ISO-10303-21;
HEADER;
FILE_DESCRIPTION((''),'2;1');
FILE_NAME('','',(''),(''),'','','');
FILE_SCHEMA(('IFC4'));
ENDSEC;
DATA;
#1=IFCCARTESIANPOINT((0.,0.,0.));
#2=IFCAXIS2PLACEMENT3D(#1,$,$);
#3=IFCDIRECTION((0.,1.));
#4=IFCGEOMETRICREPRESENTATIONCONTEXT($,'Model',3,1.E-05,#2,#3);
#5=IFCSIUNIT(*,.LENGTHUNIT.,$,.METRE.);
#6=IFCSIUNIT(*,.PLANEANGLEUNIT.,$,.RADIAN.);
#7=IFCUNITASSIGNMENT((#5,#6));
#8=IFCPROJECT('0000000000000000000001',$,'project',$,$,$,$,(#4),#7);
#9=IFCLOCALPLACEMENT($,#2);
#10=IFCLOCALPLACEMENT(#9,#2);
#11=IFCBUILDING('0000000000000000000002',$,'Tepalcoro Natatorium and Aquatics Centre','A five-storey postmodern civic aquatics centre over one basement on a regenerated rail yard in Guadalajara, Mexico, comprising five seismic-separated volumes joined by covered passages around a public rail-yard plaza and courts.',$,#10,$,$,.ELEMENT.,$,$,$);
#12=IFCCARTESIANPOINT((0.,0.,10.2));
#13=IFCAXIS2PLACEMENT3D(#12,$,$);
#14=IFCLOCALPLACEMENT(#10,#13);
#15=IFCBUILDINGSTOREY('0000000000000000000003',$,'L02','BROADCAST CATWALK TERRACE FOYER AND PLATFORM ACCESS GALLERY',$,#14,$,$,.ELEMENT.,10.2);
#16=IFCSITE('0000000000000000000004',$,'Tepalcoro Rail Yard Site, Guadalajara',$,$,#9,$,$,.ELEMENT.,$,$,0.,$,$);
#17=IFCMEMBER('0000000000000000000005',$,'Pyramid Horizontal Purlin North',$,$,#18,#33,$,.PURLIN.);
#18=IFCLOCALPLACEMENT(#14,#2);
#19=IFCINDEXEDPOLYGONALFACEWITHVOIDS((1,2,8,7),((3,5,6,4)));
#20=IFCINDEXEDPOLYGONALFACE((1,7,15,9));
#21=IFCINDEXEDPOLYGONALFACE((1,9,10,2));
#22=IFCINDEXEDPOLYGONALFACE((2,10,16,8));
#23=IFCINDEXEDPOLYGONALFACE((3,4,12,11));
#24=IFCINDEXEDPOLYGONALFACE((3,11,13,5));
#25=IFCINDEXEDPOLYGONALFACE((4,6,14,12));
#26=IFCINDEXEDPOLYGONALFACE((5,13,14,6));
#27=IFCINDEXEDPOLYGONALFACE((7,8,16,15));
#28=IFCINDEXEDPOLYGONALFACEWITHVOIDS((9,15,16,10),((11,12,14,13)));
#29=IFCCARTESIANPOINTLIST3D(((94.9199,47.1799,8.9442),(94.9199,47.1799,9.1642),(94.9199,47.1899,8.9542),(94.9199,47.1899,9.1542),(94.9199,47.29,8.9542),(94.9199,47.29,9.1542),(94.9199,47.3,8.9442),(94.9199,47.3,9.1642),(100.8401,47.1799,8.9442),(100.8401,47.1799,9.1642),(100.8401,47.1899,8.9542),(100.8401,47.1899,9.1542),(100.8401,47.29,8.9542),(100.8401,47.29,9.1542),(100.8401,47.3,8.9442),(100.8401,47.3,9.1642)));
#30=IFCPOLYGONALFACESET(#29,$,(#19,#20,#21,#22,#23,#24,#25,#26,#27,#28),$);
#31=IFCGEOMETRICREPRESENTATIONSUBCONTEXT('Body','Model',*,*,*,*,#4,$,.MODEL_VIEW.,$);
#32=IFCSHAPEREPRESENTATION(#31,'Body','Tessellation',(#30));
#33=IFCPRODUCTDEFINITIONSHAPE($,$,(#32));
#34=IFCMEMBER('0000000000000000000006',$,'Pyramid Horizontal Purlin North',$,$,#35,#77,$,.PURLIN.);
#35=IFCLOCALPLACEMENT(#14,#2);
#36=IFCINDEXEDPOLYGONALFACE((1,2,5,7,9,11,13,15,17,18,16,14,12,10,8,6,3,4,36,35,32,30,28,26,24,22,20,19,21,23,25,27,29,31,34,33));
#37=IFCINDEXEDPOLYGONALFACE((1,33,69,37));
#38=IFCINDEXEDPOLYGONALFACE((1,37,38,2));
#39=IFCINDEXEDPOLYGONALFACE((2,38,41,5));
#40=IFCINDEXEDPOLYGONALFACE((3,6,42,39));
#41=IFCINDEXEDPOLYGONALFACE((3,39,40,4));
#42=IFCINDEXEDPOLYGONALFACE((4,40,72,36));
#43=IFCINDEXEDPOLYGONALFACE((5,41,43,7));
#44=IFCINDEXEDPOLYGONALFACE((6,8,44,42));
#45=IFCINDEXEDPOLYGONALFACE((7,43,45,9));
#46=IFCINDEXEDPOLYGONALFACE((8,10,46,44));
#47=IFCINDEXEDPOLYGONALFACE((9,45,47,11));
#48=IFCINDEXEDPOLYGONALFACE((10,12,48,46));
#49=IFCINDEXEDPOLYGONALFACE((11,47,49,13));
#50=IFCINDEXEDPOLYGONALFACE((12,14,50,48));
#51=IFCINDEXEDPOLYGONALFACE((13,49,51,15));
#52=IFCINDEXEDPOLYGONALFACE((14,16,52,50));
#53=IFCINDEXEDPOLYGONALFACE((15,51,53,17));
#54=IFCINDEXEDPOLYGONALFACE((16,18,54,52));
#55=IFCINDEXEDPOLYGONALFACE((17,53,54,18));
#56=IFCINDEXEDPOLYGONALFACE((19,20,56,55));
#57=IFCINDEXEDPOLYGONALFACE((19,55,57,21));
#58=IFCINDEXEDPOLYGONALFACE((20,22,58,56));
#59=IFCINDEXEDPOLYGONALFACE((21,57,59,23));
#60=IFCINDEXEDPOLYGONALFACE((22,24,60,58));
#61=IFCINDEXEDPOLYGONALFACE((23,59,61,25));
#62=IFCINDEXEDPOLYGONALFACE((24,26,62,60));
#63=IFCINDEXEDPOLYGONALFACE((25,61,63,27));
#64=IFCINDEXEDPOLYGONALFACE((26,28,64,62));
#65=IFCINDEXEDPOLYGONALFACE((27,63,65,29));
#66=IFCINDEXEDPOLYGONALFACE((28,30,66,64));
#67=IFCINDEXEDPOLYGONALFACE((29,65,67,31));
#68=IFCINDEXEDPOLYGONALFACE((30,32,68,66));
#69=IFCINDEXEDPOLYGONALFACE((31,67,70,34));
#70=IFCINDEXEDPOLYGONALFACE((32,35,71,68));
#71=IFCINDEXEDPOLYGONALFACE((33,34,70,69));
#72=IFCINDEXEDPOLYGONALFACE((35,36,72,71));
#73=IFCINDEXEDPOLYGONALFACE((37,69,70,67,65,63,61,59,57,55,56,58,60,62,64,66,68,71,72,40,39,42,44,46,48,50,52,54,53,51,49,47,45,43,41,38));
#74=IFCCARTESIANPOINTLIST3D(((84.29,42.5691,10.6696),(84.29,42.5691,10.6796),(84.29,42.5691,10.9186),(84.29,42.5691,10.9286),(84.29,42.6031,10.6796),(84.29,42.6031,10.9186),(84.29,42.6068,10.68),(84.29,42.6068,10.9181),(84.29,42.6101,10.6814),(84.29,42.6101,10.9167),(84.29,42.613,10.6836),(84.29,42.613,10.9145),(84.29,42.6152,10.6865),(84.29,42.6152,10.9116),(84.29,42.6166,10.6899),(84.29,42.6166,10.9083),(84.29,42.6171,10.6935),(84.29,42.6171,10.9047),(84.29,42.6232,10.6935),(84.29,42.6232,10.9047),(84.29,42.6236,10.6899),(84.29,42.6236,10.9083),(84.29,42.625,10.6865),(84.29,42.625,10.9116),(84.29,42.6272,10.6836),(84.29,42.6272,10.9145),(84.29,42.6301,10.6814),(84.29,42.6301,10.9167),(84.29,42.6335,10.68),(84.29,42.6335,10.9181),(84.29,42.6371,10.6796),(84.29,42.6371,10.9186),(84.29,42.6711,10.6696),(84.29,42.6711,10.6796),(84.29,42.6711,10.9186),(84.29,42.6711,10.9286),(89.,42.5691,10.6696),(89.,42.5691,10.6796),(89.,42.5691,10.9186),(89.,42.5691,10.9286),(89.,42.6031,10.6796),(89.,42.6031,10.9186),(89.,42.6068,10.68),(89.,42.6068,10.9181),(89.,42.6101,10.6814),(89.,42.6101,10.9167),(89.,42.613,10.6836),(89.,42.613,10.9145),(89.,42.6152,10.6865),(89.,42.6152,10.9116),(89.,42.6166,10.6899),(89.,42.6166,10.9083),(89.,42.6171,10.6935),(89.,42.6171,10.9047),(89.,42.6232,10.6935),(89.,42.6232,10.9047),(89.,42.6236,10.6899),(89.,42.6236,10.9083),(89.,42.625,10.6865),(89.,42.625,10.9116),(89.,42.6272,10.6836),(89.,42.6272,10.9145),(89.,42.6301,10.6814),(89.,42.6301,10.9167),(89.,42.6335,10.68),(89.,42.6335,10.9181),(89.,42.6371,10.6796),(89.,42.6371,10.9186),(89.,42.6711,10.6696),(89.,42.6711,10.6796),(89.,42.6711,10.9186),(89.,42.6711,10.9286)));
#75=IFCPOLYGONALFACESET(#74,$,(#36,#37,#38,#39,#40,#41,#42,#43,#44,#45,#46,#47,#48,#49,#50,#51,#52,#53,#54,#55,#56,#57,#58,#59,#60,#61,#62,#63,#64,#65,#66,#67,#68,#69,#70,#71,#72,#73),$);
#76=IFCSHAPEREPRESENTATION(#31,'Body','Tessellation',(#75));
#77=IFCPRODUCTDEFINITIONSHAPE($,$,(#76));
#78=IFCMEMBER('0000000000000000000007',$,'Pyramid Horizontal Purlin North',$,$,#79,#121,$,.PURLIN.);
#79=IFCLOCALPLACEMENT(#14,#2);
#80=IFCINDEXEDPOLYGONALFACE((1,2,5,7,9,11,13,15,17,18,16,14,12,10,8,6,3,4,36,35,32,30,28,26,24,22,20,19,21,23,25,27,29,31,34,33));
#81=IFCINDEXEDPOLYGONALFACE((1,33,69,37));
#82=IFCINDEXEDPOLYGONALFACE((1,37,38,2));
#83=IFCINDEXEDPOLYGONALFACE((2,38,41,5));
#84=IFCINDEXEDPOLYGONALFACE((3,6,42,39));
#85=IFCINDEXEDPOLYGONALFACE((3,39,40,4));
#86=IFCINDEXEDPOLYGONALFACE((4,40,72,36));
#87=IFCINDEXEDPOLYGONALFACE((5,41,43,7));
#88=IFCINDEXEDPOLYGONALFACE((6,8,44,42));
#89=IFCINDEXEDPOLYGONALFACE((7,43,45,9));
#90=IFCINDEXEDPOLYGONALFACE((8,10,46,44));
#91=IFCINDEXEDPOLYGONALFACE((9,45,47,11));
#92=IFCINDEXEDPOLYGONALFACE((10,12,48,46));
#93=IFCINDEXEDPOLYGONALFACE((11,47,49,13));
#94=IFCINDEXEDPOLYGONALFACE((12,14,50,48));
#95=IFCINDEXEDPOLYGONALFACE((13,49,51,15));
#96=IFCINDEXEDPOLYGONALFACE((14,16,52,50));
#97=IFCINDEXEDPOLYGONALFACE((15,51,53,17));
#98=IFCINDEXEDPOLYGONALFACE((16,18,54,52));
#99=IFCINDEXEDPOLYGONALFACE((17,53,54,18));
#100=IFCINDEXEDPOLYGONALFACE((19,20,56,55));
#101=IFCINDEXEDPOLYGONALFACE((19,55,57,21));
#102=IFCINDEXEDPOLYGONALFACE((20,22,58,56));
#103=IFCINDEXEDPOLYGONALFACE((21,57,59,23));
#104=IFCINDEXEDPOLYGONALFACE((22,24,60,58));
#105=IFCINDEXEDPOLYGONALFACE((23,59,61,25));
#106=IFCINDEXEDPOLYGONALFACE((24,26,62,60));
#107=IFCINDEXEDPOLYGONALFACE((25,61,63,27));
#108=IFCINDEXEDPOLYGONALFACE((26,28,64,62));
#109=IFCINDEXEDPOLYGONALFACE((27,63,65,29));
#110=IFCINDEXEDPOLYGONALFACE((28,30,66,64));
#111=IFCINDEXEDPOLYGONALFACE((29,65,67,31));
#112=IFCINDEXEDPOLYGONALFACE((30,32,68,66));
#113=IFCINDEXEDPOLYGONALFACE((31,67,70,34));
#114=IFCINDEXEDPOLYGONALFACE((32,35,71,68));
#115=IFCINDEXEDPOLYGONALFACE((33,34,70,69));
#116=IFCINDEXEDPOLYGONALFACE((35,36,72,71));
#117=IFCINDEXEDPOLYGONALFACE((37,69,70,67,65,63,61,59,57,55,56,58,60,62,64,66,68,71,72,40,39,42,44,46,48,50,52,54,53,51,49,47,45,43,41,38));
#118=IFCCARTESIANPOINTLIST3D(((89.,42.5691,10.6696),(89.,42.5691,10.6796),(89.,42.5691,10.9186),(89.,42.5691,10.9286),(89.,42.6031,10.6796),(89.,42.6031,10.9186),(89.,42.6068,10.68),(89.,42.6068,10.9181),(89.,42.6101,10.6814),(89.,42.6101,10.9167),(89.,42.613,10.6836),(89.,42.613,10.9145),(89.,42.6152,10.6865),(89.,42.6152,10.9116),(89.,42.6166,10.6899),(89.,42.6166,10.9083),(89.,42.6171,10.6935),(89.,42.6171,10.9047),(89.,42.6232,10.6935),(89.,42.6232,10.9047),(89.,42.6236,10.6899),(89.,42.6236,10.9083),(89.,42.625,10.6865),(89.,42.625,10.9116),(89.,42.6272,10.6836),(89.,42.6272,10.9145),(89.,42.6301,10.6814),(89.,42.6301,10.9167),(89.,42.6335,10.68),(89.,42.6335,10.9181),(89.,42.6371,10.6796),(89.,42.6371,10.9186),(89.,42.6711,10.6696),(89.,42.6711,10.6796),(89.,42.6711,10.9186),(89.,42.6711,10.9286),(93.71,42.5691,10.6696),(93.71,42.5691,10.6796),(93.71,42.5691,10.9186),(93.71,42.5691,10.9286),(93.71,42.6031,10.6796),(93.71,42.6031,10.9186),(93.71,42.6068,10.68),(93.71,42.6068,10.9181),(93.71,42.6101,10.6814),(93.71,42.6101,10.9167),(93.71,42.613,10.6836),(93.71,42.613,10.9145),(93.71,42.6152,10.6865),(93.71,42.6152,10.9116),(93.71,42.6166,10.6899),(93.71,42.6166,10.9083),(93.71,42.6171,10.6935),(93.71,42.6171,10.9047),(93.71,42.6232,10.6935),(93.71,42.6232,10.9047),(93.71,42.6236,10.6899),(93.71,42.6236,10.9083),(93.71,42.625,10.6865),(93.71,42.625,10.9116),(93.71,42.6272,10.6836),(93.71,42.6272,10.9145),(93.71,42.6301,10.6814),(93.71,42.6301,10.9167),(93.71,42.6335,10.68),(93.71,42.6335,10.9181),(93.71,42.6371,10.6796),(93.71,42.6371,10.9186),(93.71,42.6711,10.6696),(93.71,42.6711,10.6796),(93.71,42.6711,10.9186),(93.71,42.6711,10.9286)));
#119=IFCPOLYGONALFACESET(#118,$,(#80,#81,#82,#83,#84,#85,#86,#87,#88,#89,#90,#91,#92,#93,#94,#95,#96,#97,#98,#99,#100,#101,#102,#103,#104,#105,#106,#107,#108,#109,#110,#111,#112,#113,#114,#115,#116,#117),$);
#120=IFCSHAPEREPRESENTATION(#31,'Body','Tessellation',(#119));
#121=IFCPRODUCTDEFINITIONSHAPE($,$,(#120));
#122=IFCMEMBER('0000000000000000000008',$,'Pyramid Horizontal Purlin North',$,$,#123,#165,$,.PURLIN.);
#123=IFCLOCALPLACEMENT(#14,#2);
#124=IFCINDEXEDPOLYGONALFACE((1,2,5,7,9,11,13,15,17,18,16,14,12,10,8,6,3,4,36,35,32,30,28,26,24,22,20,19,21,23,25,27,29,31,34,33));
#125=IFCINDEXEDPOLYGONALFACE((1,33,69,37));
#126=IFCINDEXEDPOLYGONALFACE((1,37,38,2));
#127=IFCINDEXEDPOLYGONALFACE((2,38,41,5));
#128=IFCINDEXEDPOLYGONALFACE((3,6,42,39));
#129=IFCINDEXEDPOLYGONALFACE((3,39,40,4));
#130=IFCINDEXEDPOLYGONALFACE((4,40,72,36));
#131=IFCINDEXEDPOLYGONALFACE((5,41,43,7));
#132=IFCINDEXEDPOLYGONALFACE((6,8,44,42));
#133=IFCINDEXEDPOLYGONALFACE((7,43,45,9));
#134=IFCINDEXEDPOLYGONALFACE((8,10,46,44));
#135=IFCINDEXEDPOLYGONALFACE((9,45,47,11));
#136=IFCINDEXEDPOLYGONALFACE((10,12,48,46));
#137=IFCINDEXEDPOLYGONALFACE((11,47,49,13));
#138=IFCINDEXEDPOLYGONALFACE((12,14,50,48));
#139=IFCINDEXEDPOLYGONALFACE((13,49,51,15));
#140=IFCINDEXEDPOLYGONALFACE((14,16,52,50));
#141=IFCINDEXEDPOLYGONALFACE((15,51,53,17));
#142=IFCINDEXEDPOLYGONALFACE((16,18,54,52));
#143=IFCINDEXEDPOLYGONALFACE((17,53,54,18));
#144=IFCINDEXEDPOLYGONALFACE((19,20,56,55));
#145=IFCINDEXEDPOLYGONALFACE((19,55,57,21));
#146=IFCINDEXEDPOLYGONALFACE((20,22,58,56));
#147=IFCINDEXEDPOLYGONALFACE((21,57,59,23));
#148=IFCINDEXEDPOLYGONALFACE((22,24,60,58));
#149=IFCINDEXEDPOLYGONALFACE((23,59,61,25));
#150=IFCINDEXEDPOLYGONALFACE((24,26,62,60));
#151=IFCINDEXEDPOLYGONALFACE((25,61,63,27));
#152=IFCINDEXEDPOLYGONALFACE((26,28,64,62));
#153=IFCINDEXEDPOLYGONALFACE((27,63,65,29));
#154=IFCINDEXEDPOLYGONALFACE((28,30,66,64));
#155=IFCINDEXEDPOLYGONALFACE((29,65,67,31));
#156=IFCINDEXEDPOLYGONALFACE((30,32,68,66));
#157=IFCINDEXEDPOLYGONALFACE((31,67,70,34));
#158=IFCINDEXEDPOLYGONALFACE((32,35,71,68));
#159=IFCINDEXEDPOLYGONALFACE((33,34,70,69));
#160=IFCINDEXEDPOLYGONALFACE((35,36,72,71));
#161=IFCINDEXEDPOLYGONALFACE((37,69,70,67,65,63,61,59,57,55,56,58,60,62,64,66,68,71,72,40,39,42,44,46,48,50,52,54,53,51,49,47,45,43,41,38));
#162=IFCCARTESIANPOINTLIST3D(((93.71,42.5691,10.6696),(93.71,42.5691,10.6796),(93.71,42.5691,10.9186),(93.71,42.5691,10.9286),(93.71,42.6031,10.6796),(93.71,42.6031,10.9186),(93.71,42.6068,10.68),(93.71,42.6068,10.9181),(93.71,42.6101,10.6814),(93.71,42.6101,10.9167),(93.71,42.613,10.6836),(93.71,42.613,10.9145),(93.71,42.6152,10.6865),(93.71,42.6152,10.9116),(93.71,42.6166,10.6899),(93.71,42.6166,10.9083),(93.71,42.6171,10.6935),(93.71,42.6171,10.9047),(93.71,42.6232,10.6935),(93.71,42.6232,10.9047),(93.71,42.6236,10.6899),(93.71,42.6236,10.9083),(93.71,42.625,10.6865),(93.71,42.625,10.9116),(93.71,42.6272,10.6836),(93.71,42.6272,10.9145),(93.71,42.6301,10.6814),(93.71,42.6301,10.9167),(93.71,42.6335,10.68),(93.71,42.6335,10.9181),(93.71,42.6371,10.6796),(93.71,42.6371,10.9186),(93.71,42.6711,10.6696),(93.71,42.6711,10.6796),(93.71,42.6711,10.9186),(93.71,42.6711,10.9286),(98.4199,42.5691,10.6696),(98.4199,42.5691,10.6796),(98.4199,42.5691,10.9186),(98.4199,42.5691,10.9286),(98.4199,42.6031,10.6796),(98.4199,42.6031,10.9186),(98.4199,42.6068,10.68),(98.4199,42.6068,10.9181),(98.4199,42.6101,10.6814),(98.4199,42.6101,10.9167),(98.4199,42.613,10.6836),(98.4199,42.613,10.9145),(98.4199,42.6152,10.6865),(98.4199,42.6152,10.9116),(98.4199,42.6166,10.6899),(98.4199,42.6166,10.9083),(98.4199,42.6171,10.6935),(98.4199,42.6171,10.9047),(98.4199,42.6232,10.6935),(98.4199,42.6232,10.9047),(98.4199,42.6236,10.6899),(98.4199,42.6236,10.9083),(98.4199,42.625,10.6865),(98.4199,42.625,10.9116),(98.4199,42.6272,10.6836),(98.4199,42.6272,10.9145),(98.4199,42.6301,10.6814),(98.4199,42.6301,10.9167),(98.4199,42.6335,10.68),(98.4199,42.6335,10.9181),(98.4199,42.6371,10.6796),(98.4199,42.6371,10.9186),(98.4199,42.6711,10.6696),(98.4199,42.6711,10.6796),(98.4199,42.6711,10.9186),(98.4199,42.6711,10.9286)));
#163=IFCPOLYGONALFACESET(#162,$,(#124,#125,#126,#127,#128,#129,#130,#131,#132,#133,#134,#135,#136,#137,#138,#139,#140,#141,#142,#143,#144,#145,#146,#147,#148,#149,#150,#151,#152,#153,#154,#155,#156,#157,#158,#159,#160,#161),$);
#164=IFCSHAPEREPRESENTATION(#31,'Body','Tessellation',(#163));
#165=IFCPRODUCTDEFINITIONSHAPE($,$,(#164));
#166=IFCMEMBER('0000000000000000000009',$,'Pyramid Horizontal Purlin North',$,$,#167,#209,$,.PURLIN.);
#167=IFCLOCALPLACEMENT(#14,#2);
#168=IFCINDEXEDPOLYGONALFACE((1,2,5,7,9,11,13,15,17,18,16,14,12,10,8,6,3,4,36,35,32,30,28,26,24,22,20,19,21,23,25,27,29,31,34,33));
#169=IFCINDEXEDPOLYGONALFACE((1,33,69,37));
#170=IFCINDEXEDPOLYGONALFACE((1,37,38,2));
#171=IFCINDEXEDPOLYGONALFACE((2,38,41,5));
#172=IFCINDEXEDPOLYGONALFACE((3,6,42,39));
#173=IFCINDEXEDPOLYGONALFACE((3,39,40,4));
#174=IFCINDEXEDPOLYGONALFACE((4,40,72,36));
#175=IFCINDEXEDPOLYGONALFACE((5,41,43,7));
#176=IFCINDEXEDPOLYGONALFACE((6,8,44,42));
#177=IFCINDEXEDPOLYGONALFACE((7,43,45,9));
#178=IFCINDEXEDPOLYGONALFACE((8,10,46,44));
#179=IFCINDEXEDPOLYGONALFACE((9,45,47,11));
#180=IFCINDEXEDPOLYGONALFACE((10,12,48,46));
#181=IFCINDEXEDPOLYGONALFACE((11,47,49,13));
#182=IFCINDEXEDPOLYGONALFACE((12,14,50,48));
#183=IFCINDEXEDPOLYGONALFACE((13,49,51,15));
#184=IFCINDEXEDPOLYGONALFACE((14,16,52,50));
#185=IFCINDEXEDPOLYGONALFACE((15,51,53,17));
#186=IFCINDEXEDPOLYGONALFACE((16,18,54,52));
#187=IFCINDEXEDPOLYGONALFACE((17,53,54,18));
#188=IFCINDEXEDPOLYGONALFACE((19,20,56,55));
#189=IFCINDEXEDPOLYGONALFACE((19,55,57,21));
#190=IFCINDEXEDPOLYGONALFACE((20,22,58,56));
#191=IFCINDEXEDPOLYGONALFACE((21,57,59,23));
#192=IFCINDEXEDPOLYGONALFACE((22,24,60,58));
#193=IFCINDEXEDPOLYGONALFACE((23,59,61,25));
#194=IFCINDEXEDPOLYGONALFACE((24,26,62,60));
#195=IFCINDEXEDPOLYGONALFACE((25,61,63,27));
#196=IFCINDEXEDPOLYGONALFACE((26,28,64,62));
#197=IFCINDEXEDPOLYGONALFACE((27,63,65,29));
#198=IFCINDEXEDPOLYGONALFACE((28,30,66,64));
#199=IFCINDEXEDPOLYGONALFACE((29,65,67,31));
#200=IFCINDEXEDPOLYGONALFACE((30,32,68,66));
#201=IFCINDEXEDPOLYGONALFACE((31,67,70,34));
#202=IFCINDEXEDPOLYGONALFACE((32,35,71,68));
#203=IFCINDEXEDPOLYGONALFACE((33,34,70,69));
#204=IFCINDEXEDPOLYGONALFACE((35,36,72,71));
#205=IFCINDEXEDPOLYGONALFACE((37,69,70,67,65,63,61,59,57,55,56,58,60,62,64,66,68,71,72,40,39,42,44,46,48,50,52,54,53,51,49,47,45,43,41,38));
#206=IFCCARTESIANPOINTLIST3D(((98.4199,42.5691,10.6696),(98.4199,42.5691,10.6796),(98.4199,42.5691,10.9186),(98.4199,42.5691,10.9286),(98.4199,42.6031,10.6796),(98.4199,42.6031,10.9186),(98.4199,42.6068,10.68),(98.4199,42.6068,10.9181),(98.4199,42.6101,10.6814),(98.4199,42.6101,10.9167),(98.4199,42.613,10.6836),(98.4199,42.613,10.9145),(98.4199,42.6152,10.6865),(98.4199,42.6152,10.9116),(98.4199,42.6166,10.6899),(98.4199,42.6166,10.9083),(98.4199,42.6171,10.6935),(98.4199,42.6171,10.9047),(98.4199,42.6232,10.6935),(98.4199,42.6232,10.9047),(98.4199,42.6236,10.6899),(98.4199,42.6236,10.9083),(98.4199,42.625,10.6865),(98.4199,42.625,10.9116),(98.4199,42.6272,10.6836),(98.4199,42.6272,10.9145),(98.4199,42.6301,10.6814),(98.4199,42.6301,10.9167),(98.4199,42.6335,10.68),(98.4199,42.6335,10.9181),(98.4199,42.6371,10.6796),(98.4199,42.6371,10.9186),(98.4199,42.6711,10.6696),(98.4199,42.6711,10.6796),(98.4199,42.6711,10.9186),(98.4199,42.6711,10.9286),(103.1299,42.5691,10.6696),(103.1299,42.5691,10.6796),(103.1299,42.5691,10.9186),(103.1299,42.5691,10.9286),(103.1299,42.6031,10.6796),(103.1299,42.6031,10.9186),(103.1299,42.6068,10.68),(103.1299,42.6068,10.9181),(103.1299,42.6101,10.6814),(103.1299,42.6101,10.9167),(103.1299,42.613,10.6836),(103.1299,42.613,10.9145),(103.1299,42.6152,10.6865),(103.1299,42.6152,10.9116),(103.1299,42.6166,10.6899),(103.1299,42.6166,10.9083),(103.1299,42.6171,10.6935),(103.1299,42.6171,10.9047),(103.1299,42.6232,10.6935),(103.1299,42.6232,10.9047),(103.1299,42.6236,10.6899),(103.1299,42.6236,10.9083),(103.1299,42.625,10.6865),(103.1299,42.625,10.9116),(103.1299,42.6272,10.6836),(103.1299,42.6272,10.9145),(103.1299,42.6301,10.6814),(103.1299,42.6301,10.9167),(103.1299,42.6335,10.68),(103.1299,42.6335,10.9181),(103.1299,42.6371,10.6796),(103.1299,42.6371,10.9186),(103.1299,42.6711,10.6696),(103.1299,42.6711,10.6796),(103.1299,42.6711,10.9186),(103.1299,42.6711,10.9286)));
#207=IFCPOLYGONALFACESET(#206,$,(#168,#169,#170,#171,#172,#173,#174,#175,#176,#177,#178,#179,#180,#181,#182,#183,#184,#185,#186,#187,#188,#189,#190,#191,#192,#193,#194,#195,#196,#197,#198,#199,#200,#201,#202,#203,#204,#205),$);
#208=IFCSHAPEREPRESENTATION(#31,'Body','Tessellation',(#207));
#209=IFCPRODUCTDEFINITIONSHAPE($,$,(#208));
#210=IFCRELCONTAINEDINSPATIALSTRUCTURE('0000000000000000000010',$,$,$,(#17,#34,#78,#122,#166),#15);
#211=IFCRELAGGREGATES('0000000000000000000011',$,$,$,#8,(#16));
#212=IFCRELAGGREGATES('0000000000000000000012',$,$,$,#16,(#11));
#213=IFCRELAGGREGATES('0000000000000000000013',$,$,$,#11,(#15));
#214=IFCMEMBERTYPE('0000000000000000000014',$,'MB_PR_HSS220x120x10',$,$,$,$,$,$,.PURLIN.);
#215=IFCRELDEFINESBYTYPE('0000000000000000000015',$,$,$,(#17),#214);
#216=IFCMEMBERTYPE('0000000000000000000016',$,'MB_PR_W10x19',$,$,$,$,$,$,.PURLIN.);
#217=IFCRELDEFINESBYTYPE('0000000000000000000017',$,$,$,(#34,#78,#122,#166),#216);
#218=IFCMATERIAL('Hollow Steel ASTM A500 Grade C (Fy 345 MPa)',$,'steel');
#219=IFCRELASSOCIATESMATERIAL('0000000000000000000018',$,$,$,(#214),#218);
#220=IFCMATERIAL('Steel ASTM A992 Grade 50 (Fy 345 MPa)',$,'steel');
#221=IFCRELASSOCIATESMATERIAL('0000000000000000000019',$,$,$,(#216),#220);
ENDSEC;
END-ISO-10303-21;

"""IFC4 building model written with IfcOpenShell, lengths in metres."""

from ifc_helpers import new_model, si_unit, direction, frame, origin, origin_2d, place, context, subcontext, project, spatial, hollow_rectangle, i_section, extrude, material, material_profile, profile_set, type_object, element, save


model = new_model("IFC4")

# Units and contexts
model_context = context("Model", 3, precision=1e-05, world=origin(), true_north=direction((0.0, 1.0)))
body_context = subcontext(model_context, "Body", "Model", "MODEL_VIEW")
ifc_project = project(units=[si_unit("LENGTHUNIT", "METRE"), si_unit("PLANEANGLEUNIT", "RADIAN")], contexts=[model_context])

# Site, building, storey
site_placement = place(None, origin())
site = spatial("IfcSite", under=ifc_project, at=site_placement, Name="Tepalcoro Rail Yard Site, Guadalajara", CompositionType="ELEMENT", RefElevation=0.0)
building_placement = place(site_placement, origin())
building = spatial("IfcBuilding", under=site, at=building_placement, Name="Tepalcoro Natatorium and Aquatics Centre", Description="A five-storey postmodern civic aquatics centre over one basement on a regenerated rail yard in Guadalajara, Mexico, comprising five seismic-separated volumes joined by covered passages around a public rail-yard plaza and courts.", CompositionType="ELEMENT")
storey_placement = place(building_placement, frame((0.0, 0.0, 10.2)))
storey = spatial("IfcBuildingStorey", under=building, at=storey_placement, Name="L02", Description="BROADCAST CATWALK TERRACE FOYER AND PLATFORM ACCESS GALLERY", CompositionType="ELEMENT", Elevation=10.2)

# Members
ifc_material_1 = material(Name="Hollow Steel ASTM A500 Grade C (Fy 345 MPa)", Category="steel")
ifc_material_profile_1 = material_profile(ifc_material_1, hollow_rectangle(XDim=0.1201, YDim=0.22, WallThickness=0.01, at=origin_2d()), Name="HSS220X120X10")
ifc_profile_set_1 = profile_set([ifc_material_profile_1], Name="Hollow Steel ASTM A500 Grade C (Fy 345 MPa)")
member_type_1 = type_object("IfcMemberType", Name="MB_PR_HSS220x120x10", PredefinedType="PURLIN", material=ifc_profile_set_1)
member_1_placement = place(storey_placement, frame((94.9199, 47.24, 9.0542), z_axis=(1.0, 0.0, 0.0), x_axis=(0.0, 1.0, 0.0)))
element("IfcMember", 1, at=member_1_placement, inside=storey, type_object=member_type_1, Name="Pyramid Horizontal Purlin North", PredefinedType="PURLIN", context=body_context, shape_type="SweptSolid", body=[
    extrude(hollow_rectangle(XDim=0.1201, YDim=0.22, WallThickness=0.01, at=origin_2d()), origin(), (0.0, 0.0, 1.0), 5.9202),
])
ifc_material_2 = material(Name="Steel ASTM A992 Grade 50 (Fy 345 MPa)", Category="steel")
ifc_material_profile_2 = material_profile(ifc_material_2, i_section(OverallWidth=0.1021, OverallDepth=0.259, WebThickness=0.0061, FlangeThickness=0.01, FilletRadius=0.0139, at=origin_2d()), Name="W10X19")
ifc_profile_set_2 = profile_set([ifc_material_profile_2], Name="Steel ASTM A992 Grade 50 (Fy 345 MPa)")
member_type_2 = type_object("IfcMemberType", Name="MB_PR_W10x19", PredefinedType="PURLIN", material=ifc_profile_set_2)
for number, where, z_axis, x_axis, name in (
    (2, (84.29, 42.6201, 10.7991), (1.0, 0.0, 0.0), (0.0, 1.0, 0.0), "Pyramid Horizontal Purlin North"),
    (3, (89.0, 42.6201, 10.7991), (1.0, 0.0, 0.0), (0.0, 1.0, 0.0), "Pyramid Horizontal Purlin North"),
    (4, (93.71, 42.6201, 10.7991), (1.0, 0.0, 0.0), (0.0, 1.0, 0.0), "Pyramid Horizontal Purlin North"),
    (5, (98.4199, 42.6201, 10.7991), (1.0, 0.0, 0.0), (0.0, 1.0, 0.0), "Pyramid Horizontal Purlin North"),
):
    element("IfcMember", number, at=place(storey_placement, frame(where, z_axis=z_axis, x_axis=x_axis)), inside=storey, type_object=member_type_2, Name=name, PredefinedType="PURLIN", context=body_context, shape_type="SweptSolid", body=[
        extrude(i_section(OverallWidth=0.1021, OverallDepth=0.259, WebThickness=0.0061, FlangeThickness=0.01, FilletRadius=0.0139, at=origin_2d()), origin(), (0.0, 0.0, 1.0), 4.71),
    ])

save(model, "model.ifc")
